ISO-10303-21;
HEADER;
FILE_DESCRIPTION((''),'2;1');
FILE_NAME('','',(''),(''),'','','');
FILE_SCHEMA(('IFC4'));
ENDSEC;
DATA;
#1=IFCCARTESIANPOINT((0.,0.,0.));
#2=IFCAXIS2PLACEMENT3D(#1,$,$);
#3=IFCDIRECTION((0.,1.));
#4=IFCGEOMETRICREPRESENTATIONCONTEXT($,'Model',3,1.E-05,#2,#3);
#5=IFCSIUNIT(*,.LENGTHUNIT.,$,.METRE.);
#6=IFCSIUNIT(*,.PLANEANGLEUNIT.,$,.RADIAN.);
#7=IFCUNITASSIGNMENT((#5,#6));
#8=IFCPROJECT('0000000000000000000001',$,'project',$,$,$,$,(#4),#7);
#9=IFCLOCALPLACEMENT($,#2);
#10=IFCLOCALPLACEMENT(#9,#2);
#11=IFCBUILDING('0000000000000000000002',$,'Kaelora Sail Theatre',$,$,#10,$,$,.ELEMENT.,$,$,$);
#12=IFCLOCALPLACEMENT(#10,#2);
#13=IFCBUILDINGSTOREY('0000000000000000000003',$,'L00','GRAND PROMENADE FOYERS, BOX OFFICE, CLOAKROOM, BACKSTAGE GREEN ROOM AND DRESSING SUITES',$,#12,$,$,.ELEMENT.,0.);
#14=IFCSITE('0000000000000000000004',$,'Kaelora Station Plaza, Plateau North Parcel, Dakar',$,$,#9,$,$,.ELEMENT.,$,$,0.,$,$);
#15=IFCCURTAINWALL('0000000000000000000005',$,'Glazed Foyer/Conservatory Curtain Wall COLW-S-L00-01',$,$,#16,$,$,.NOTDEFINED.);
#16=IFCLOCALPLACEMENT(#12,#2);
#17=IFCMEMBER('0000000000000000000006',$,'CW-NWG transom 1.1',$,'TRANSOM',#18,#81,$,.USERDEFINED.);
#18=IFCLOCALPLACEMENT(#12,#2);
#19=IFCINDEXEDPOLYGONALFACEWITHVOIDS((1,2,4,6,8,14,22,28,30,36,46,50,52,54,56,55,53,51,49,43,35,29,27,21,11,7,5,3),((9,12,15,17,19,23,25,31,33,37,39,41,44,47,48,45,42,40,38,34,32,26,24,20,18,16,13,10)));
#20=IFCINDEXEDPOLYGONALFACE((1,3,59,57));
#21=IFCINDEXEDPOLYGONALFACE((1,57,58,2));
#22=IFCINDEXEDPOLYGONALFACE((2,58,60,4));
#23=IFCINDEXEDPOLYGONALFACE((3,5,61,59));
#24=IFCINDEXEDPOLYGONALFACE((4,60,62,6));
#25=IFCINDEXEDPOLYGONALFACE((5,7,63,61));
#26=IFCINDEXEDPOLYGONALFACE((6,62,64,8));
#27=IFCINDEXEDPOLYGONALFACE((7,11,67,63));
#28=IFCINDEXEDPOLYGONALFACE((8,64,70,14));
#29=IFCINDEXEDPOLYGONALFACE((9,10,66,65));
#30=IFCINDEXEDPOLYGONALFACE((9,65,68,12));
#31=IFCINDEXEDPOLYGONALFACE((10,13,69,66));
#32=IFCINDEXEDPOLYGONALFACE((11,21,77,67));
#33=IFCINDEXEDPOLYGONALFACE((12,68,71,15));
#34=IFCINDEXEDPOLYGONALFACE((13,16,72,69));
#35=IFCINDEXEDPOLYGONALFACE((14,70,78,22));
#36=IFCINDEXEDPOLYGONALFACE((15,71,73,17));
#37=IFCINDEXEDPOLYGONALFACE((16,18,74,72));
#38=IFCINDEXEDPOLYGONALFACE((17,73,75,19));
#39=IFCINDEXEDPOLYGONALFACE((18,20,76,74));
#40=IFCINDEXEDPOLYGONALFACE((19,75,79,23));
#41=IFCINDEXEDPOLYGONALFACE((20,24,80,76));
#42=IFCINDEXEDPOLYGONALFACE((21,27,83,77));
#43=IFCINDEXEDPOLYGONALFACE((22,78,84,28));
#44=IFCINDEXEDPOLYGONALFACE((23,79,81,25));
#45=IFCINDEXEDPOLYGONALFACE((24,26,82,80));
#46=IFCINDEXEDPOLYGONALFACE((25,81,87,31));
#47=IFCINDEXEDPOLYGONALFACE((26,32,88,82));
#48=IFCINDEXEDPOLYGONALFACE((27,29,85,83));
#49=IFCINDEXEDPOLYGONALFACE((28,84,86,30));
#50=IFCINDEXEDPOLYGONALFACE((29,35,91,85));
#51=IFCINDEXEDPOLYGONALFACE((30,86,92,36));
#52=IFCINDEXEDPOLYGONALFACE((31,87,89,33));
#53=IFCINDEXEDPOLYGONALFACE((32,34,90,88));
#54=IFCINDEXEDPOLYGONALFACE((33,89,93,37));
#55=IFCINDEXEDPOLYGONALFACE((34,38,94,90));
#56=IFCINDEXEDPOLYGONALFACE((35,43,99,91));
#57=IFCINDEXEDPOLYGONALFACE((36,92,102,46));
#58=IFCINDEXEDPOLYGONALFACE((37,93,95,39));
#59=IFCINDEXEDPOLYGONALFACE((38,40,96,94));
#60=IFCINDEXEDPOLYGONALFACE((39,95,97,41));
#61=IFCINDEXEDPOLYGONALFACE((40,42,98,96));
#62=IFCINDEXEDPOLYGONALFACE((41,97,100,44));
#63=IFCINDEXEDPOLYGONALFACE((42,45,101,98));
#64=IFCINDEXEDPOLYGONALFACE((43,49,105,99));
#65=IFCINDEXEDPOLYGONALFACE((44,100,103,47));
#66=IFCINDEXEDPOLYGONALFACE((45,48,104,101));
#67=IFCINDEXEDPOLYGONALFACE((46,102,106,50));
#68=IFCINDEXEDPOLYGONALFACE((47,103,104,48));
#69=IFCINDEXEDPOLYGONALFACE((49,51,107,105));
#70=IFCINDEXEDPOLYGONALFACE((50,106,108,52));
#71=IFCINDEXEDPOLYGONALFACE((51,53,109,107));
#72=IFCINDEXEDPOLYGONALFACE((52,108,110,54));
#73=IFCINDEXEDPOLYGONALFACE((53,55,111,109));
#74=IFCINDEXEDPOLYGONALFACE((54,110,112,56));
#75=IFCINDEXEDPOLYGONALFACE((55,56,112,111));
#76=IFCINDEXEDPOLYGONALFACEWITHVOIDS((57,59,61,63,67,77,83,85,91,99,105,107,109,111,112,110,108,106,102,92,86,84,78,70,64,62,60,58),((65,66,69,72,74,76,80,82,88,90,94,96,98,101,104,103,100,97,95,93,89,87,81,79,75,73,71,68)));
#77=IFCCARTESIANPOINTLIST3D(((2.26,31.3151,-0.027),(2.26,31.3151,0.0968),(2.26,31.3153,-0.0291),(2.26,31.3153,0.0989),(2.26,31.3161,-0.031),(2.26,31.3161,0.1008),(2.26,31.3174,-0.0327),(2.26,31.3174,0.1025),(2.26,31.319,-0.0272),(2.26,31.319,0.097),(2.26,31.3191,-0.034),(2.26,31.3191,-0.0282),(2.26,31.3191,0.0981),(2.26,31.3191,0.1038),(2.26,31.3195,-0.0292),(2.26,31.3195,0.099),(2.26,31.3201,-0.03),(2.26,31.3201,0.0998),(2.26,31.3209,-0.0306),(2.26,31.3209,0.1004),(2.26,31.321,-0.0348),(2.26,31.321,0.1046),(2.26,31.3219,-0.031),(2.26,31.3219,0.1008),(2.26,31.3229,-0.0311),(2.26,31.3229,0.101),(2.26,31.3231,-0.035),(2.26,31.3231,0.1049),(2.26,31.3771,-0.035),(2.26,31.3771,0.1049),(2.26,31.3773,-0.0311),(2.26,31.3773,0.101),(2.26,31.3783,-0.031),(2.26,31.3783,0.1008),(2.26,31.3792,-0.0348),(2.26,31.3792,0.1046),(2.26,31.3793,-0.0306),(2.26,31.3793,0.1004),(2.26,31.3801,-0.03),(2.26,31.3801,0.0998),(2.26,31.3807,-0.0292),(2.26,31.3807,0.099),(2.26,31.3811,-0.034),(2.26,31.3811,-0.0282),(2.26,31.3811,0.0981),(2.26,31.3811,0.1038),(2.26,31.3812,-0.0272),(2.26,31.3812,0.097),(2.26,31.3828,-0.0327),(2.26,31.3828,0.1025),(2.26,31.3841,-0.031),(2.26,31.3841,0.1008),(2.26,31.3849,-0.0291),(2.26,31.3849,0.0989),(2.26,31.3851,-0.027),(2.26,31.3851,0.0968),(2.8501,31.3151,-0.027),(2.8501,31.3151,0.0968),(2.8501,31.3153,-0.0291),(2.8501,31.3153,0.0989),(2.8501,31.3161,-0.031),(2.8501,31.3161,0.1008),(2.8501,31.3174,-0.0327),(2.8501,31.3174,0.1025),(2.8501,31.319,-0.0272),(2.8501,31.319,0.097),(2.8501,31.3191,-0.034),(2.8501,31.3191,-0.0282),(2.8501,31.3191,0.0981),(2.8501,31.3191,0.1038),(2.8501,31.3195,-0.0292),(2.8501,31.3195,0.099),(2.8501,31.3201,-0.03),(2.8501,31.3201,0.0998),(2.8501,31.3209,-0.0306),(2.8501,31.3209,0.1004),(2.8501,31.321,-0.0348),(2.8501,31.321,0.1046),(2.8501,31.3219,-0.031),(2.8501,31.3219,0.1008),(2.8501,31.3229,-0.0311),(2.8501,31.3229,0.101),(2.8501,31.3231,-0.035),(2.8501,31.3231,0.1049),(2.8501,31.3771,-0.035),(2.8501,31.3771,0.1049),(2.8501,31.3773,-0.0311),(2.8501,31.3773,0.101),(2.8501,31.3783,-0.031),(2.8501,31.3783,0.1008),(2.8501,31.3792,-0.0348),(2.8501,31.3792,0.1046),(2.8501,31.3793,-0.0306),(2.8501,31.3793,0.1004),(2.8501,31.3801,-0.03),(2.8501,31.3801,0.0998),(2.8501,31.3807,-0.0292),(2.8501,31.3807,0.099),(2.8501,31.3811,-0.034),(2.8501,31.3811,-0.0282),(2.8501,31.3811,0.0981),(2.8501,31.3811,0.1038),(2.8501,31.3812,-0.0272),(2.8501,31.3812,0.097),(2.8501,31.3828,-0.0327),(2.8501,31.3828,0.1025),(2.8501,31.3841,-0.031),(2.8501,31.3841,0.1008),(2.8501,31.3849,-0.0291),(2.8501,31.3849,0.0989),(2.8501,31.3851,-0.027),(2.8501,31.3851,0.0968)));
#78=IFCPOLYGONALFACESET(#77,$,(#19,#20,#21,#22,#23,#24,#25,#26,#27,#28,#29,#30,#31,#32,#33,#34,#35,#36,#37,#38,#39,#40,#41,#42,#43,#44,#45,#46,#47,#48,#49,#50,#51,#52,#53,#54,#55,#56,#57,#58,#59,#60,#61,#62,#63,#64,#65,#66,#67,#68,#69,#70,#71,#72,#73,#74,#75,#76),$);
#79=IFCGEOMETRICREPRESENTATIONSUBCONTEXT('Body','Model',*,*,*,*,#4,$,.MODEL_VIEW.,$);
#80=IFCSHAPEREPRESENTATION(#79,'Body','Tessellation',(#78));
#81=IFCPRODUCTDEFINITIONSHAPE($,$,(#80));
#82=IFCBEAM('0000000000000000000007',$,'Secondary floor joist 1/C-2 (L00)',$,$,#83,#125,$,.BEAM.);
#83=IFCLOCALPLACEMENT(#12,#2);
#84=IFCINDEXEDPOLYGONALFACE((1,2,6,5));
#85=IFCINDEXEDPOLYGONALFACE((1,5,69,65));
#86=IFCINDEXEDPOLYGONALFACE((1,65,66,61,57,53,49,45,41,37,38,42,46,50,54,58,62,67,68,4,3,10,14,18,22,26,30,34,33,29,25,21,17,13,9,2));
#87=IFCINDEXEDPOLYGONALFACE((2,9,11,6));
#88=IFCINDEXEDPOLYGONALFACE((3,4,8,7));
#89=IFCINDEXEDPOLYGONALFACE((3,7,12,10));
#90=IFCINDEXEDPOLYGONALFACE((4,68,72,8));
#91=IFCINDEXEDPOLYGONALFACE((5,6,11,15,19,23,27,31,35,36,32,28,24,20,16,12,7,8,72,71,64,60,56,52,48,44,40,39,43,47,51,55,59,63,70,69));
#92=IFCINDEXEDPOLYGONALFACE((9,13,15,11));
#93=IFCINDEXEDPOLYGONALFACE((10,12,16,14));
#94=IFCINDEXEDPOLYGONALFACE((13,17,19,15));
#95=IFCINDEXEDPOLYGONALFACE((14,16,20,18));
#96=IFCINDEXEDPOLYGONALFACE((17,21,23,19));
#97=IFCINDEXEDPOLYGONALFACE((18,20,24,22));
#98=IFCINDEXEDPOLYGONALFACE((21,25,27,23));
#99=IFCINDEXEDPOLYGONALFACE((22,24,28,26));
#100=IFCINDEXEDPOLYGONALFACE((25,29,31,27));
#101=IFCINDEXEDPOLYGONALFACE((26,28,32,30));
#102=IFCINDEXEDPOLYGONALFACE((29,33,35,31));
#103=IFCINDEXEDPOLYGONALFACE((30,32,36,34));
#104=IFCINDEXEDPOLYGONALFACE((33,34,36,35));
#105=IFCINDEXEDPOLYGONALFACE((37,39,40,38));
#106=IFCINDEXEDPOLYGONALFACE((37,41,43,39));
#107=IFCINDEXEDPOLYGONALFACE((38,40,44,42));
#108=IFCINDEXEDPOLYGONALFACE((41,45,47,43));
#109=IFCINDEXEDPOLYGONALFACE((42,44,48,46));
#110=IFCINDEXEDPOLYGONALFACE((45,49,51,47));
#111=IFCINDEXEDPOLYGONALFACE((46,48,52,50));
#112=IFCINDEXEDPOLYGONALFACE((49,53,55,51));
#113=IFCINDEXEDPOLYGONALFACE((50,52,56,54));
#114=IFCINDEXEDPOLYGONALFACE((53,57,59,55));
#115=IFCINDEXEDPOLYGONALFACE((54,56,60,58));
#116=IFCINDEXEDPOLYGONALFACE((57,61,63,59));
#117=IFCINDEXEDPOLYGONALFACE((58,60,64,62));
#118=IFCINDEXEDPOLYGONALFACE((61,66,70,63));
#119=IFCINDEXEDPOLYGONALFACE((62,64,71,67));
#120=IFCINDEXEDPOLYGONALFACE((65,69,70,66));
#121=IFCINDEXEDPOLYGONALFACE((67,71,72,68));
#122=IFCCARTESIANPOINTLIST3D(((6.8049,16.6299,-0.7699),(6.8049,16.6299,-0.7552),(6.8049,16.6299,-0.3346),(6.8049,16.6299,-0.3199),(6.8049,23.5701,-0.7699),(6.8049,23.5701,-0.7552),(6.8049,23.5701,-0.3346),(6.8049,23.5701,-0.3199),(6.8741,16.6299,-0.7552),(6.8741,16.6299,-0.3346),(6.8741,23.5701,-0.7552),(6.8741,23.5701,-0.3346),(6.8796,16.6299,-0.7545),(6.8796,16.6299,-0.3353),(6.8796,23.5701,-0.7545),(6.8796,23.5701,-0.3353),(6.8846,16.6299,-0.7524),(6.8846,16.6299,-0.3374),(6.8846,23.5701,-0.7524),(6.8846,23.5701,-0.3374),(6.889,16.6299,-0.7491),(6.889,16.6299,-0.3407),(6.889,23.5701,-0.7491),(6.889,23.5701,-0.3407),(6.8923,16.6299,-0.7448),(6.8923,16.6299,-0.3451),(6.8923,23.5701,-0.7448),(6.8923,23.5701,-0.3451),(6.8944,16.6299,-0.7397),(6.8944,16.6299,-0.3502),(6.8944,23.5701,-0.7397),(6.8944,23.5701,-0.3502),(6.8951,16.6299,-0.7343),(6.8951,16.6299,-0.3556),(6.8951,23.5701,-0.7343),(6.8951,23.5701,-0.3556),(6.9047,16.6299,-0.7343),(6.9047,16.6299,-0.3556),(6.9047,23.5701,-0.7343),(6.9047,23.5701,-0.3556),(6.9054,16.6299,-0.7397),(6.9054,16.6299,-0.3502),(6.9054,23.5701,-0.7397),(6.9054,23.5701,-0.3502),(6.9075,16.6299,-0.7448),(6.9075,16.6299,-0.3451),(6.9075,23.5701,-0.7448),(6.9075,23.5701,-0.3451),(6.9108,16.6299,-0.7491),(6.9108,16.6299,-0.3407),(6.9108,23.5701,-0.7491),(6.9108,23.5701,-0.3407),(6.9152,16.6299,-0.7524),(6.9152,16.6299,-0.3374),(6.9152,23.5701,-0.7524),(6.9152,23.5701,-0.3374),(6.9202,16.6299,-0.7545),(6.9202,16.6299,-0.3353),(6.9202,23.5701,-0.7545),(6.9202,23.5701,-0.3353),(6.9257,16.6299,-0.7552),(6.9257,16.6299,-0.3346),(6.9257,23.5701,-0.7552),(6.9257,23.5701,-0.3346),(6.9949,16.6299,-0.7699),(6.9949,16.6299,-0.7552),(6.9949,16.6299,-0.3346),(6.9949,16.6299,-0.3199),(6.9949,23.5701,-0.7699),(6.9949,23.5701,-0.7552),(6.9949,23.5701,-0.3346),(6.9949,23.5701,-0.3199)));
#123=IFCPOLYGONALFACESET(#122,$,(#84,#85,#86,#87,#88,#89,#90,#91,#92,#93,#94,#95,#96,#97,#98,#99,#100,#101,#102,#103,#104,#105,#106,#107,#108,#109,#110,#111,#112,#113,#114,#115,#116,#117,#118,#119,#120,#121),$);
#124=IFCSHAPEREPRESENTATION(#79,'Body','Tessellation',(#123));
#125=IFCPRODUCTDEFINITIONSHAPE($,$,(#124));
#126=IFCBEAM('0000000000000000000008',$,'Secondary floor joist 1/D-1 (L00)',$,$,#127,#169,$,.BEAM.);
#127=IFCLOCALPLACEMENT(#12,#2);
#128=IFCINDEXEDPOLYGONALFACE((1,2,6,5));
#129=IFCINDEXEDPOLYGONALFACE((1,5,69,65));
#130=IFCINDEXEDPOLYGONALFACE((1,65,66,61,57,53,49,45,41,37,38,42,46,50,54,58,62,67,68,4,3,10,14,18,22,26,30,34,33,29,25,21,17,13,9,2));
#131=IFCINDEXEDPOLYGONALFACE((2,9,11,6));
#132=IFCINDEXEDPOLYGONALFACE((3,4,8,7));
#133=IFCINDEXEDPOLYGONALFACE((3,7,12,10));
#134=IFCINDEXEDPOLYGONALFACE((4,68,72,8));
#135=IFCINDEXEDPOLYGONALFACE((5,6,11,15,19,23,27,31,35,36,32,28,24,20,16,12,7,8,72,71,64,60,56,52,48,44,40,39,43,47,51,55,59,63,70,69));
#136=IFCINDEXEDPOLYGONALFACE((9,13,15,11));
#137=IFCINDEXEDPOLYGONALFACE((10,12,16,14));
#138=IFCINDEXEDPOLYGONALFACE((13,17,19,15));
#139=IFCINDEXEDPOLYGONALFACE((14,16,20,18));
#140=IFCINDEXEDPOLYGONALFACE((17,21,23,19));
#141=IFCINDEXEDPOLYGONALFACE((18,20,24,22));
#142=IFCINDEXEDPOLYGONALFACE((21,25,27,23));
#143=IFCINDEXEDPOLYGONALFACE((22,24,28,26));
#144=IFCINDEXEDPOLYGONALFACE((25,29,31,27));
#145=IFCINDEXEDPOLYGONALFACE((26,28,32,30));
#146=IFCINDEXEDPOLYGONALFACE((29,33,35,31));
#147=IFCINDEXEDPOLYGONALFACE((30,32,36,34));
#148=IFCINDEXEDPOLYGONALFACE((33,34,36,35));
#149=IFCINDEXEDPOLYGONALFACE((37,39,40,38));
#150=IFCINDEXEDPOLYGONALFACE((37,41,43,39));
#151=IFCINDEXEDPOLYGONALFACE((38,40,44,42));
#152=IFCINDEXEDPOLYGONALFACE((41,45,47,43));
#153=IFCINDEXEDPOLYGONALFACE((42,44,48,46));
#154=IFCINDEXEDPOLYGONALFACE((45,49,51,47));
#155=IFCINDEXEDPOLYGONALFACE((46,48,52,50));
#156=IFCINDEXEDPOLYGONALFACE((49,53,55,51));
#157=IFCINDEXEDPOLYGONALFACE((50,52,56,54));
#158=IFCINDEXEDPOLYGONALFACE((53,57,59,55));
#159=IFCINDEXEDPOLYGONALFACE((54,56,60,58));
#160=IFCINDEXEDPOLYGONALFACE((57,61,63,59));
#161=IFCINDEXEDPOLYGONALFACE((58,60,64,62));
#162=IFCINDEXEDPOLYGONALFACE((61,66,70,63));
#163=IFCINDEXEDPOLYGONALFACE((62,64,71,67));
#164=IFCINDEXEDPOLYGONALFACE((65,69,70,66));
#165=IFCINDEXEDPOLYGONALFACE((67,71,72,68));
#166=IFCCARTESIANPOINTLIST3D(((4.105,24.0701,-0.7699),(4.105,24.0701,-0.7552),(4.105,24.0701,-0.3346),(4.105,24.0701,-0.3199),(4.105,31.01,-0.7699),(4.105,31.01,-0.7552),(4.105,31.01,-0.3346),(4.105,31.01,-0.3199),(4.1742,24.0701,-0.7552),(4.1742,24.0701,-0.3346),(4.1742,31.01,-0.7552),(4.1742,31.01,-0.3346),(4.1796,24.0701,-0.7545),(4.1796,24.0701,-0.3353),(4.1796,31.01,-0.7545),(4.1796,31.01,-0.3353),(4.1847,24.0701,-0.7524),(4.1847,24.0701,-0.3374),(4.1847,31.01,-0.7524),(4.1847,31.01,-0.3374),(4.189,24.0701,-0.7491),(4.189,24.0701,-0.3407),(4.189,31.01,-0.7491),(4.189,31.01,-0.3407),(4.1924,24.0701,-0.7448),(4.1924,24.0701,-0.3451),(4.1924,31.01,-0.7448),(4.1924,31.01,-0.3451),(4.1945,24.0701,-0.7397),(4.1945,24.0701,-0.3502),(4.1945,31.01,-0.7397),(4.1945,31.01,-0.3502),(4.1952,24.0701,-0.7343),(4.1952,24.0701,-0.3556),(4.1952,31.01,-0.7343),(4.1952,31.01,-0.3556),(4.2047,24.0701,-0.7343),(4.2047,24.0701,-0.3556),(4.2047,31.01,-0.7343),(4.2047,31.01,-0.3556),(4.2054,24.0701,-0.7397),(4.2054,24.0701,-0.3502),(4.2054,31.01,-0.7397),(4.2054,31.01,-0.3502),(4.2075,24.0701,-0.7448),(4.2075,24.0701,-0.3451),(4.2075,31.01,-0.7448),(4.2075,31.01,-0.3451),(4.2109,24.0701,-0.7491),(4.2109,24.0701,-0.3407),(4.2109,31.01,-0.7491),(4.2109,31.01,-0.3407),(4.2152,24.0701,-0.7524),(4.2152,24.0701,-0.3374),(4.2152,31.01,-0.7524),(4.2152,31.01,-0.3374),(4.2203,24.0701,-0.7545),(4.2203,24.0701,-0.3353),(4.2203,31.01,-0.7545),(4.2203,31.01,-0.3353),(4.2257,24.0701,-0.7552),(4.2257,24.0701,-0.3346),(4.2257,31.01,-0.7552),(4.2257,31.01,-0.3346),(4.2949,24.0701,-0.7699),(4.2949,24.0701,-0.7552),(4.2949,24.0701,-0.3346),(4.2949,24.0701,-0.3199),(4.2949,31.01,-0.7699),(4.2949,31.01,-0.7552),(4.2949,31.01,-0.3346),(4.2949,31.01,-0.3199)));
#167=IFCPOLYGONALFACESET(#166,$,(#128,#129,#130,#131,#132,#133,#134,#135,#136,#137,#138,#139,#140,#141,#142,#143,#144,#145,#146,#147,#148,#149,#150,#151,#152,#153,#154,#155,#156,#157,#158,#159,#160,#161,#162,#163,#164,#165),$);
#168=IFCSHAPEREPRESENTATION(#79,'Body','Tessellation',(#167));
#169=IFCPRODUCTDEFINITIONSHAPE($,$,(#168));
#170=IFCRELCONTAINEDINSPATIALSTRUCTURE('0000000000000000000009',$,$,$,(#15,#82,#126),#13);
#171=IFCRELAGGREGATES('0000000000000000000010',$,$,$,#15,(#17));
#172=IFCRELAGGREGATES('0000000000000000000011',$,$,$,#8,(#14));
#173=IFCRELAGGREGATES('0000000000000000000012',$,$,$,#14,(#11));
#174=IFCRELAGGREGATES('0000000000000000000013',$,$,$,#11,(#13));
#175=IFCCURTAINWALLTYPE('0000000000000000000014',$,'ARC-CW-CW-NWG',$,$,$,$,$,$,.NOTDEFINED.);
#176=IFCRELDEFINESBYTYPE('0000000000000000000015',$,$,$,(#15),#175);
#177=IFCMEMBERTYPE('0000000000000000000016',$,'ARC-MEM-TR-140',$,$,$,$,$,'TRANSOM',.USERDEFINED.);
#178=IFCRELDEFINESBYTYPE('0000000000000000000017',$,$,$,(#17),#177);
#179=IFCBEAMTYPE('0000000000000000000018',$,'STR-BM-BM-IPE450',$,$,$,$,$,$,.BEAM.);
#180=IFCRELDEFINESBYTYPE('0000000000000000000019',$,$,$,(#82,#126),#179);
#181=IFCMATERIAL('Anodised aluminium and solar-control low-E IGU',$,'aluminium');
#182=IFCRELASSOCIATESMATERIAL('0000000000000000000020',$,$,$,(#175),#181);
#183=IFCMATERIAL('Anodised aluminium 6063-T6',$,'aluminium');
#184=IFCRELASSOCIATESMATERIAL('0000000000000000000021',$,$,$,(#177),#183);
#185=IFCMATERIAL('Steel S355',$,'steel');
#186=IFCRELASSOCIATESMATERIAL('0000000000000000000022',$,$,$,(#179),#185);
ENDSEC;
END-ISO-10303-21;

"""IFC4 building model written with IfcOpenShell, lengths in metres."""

from ifc_helpers import new_model, si_unit, direction, frame, origin, origin_2d, place, context, subcontext, project, spatial, hollow_rectangle, i_section, extrude, material, material_profile, profile_set, type_object, element, aggregate, save


model = new_model("IFC4")

# Units and contexts
model_context = context("Model", 3, precision=1e-05, world=origin(), true_north=direction((0.0, 1.0)))
body_context = subcontext(model_context, "Body", "Model", "MODEL_VIEW")
ifc_project = project(units=[si_unit("LENGTHUNIT", "METRE"), si_unit("PLANEANGLEUNIT", "RADIAN")], contexts=[model_context])

# Site, building, storey
site_placement = place(None, origin())
site = spatial("IfcSite", under=ifc_project, at=site_placement, Name="Kaelora Station Plaza, Plateau North Parcel, Dakar", CompositionType="ELEMENT", RefElevation=0.0)
building_placement = place(site_placement, origin())
building = spatial("IfcBuilding", under=site, at=building_placement, Name="Kaelora Sail Theatre", CompositionType="ELEMENT")
storey_placement = place(building_placement, origin())
storey = spatial("IfcBuildingStorey", under=building, at=storey_placement, Name="L00", Description="GRAND PROMENADE FOYERS, BOX OFFICE, CLOAKROOM, BACKSTAGE GREEN ROOM AND DRESSING SUITES", CompositionType="ELEMENT", Elevation=0.0)

# Curtain wall, member
ifc_material_1 = material(Name="Anodised aluminium and solar-control low-E IGU", Category="aluminium")
curtain_wall_type = type_object("IfcCurtainWallType", Name="ARC-CW-CW-NWG", PredefinedType="NOTDEFINED", material=ifc_material_1)
curtain_wall_placement = place(storey_placement, origin())
curtain_wall = element("IfcCurtainWall", 1, at=curtain_wall_placement, inside=storey, type_object=curtain_wall_type, Name="Glazed Foyer/Conservatory Curtain Wall COLW-S-L00-01", PredefinedType="NOTDEFINED")
ifc_material_2 = material(Name="Anodised aluminium 6063-T6", Category="aluminium")
ifc_material_profile_1 = material_profile(ifc_material_2, hollow_rectangle(XDim=0.0701, YDim=0.1399, WallThickness=0.0039, InnerFilletRadius=0.0039, OuterFilletRadius=0.0081, at=origin_2d()), Name="ALU-TRAN 70x140x4")
ifc_profile_set_1 = profile_set([ifc_material_profile_1], Name="Anodised aluminium 6063-T6")
member_type_1 = type_object("IfcMemberType", Name="ARC-MEM-TR-140", ElementType="TRANSOM", PredefinedType="USERDEFINED", material=ifc_profile_set_1)
member_1_placement = place(storey_placement, frame((2.26, 31.3501, 0.0349), z_axis=(1.0, 0.0, 0.0), x_axis=(0.0, 1.0, 0.0)))
member_1 = element("IfcMember", 2, at=member_1_placement, type_object=member_type_1, Name="CW-NWG transom 1.1", ObjectType="TRANSOM", PredefinedType="USERDEFINED", context=body_context, shape_type="SweptSolid", body=[
    extrude(hollow_rectangle(XDim=0.0701, YDim=0.1399, WallThickness=0.0039, InnerFilletRadius=0.0039, OuterFilletRadius=0.0081, at=origin_2d()), origin(), (0.0, 0.0, 1.0), 0.5901),
])
aggregate(curtain_wall, [member_1])

# Beams
ifc_material_3 = material(Name="Steel S355", Category="steel")
ifc_material_profile_2 = material_profile(ifc_material_3, i_section(OverallWidth=0.1899, OverallDepth=0.45, WebThickness=0.0095, FlangeThickness=0.0146, FilletRadius=0.021, at=origin_2d()), Name="IPE 450")
ifc_profile_set_2 = profile_set([ifc_material_profile_2], Name="Steel S355")
beam_type_1 = type_object("IfcBeamType", Name="STR-BM-BM-IPE450", PredefinedType="BEAM", material=ifc_profile_set_2)
beam_1_placement = place(storey_placement, frame((6.8999, 16.6299, -0.5449), z_axis=(0.0, 1.0, 0.0), x_axis=(-1.0, 0.0, 0.0)))
element("IfcBeam", 3, at=beam_1_placement, inside=storey, type_object=beam_type_1, Name="Secondary floor joist 1/C-2 (L00)", PredefinedType="BEAM", context=body_context, shape_type="SweptSolid", body=[
    extrude(i_section(OverallWidth=0.1899, OverallDepth=0.45, WebThickness=0.0095, FlangeThickness=0.0146, FilletRadius=0.021, at=origin_2d()), origin(), (0.0, 0.0, 1.0), 6.9402),
])
beam_2_placement = place(storey_placement, frame((4.2, 24.0701, -0.5449), z_axis=(0.0, 1.0, 0.0), x_axis=(-1.0, 0.0, 0.0)))
element("IfcBeam", 4, at=beam_2_placement, inside=storey, type_object=beam_type_1, Name="Secondary floor joist 1/D-1 (L00)", PredefinedType="BEAM", context=body_context, shape_type="SweptSolid", body=[
    extrude(i_section(OverallWidth=0.1899, OverallDepth=0.45, WebThickness=0.0095, FlangeThickness=0.0146, FilletRadius=0.021, at=origin_2d()), origin(), (0.0, 0.0, 1.0), 6.9399),
])

save(model, "model.ifc")
